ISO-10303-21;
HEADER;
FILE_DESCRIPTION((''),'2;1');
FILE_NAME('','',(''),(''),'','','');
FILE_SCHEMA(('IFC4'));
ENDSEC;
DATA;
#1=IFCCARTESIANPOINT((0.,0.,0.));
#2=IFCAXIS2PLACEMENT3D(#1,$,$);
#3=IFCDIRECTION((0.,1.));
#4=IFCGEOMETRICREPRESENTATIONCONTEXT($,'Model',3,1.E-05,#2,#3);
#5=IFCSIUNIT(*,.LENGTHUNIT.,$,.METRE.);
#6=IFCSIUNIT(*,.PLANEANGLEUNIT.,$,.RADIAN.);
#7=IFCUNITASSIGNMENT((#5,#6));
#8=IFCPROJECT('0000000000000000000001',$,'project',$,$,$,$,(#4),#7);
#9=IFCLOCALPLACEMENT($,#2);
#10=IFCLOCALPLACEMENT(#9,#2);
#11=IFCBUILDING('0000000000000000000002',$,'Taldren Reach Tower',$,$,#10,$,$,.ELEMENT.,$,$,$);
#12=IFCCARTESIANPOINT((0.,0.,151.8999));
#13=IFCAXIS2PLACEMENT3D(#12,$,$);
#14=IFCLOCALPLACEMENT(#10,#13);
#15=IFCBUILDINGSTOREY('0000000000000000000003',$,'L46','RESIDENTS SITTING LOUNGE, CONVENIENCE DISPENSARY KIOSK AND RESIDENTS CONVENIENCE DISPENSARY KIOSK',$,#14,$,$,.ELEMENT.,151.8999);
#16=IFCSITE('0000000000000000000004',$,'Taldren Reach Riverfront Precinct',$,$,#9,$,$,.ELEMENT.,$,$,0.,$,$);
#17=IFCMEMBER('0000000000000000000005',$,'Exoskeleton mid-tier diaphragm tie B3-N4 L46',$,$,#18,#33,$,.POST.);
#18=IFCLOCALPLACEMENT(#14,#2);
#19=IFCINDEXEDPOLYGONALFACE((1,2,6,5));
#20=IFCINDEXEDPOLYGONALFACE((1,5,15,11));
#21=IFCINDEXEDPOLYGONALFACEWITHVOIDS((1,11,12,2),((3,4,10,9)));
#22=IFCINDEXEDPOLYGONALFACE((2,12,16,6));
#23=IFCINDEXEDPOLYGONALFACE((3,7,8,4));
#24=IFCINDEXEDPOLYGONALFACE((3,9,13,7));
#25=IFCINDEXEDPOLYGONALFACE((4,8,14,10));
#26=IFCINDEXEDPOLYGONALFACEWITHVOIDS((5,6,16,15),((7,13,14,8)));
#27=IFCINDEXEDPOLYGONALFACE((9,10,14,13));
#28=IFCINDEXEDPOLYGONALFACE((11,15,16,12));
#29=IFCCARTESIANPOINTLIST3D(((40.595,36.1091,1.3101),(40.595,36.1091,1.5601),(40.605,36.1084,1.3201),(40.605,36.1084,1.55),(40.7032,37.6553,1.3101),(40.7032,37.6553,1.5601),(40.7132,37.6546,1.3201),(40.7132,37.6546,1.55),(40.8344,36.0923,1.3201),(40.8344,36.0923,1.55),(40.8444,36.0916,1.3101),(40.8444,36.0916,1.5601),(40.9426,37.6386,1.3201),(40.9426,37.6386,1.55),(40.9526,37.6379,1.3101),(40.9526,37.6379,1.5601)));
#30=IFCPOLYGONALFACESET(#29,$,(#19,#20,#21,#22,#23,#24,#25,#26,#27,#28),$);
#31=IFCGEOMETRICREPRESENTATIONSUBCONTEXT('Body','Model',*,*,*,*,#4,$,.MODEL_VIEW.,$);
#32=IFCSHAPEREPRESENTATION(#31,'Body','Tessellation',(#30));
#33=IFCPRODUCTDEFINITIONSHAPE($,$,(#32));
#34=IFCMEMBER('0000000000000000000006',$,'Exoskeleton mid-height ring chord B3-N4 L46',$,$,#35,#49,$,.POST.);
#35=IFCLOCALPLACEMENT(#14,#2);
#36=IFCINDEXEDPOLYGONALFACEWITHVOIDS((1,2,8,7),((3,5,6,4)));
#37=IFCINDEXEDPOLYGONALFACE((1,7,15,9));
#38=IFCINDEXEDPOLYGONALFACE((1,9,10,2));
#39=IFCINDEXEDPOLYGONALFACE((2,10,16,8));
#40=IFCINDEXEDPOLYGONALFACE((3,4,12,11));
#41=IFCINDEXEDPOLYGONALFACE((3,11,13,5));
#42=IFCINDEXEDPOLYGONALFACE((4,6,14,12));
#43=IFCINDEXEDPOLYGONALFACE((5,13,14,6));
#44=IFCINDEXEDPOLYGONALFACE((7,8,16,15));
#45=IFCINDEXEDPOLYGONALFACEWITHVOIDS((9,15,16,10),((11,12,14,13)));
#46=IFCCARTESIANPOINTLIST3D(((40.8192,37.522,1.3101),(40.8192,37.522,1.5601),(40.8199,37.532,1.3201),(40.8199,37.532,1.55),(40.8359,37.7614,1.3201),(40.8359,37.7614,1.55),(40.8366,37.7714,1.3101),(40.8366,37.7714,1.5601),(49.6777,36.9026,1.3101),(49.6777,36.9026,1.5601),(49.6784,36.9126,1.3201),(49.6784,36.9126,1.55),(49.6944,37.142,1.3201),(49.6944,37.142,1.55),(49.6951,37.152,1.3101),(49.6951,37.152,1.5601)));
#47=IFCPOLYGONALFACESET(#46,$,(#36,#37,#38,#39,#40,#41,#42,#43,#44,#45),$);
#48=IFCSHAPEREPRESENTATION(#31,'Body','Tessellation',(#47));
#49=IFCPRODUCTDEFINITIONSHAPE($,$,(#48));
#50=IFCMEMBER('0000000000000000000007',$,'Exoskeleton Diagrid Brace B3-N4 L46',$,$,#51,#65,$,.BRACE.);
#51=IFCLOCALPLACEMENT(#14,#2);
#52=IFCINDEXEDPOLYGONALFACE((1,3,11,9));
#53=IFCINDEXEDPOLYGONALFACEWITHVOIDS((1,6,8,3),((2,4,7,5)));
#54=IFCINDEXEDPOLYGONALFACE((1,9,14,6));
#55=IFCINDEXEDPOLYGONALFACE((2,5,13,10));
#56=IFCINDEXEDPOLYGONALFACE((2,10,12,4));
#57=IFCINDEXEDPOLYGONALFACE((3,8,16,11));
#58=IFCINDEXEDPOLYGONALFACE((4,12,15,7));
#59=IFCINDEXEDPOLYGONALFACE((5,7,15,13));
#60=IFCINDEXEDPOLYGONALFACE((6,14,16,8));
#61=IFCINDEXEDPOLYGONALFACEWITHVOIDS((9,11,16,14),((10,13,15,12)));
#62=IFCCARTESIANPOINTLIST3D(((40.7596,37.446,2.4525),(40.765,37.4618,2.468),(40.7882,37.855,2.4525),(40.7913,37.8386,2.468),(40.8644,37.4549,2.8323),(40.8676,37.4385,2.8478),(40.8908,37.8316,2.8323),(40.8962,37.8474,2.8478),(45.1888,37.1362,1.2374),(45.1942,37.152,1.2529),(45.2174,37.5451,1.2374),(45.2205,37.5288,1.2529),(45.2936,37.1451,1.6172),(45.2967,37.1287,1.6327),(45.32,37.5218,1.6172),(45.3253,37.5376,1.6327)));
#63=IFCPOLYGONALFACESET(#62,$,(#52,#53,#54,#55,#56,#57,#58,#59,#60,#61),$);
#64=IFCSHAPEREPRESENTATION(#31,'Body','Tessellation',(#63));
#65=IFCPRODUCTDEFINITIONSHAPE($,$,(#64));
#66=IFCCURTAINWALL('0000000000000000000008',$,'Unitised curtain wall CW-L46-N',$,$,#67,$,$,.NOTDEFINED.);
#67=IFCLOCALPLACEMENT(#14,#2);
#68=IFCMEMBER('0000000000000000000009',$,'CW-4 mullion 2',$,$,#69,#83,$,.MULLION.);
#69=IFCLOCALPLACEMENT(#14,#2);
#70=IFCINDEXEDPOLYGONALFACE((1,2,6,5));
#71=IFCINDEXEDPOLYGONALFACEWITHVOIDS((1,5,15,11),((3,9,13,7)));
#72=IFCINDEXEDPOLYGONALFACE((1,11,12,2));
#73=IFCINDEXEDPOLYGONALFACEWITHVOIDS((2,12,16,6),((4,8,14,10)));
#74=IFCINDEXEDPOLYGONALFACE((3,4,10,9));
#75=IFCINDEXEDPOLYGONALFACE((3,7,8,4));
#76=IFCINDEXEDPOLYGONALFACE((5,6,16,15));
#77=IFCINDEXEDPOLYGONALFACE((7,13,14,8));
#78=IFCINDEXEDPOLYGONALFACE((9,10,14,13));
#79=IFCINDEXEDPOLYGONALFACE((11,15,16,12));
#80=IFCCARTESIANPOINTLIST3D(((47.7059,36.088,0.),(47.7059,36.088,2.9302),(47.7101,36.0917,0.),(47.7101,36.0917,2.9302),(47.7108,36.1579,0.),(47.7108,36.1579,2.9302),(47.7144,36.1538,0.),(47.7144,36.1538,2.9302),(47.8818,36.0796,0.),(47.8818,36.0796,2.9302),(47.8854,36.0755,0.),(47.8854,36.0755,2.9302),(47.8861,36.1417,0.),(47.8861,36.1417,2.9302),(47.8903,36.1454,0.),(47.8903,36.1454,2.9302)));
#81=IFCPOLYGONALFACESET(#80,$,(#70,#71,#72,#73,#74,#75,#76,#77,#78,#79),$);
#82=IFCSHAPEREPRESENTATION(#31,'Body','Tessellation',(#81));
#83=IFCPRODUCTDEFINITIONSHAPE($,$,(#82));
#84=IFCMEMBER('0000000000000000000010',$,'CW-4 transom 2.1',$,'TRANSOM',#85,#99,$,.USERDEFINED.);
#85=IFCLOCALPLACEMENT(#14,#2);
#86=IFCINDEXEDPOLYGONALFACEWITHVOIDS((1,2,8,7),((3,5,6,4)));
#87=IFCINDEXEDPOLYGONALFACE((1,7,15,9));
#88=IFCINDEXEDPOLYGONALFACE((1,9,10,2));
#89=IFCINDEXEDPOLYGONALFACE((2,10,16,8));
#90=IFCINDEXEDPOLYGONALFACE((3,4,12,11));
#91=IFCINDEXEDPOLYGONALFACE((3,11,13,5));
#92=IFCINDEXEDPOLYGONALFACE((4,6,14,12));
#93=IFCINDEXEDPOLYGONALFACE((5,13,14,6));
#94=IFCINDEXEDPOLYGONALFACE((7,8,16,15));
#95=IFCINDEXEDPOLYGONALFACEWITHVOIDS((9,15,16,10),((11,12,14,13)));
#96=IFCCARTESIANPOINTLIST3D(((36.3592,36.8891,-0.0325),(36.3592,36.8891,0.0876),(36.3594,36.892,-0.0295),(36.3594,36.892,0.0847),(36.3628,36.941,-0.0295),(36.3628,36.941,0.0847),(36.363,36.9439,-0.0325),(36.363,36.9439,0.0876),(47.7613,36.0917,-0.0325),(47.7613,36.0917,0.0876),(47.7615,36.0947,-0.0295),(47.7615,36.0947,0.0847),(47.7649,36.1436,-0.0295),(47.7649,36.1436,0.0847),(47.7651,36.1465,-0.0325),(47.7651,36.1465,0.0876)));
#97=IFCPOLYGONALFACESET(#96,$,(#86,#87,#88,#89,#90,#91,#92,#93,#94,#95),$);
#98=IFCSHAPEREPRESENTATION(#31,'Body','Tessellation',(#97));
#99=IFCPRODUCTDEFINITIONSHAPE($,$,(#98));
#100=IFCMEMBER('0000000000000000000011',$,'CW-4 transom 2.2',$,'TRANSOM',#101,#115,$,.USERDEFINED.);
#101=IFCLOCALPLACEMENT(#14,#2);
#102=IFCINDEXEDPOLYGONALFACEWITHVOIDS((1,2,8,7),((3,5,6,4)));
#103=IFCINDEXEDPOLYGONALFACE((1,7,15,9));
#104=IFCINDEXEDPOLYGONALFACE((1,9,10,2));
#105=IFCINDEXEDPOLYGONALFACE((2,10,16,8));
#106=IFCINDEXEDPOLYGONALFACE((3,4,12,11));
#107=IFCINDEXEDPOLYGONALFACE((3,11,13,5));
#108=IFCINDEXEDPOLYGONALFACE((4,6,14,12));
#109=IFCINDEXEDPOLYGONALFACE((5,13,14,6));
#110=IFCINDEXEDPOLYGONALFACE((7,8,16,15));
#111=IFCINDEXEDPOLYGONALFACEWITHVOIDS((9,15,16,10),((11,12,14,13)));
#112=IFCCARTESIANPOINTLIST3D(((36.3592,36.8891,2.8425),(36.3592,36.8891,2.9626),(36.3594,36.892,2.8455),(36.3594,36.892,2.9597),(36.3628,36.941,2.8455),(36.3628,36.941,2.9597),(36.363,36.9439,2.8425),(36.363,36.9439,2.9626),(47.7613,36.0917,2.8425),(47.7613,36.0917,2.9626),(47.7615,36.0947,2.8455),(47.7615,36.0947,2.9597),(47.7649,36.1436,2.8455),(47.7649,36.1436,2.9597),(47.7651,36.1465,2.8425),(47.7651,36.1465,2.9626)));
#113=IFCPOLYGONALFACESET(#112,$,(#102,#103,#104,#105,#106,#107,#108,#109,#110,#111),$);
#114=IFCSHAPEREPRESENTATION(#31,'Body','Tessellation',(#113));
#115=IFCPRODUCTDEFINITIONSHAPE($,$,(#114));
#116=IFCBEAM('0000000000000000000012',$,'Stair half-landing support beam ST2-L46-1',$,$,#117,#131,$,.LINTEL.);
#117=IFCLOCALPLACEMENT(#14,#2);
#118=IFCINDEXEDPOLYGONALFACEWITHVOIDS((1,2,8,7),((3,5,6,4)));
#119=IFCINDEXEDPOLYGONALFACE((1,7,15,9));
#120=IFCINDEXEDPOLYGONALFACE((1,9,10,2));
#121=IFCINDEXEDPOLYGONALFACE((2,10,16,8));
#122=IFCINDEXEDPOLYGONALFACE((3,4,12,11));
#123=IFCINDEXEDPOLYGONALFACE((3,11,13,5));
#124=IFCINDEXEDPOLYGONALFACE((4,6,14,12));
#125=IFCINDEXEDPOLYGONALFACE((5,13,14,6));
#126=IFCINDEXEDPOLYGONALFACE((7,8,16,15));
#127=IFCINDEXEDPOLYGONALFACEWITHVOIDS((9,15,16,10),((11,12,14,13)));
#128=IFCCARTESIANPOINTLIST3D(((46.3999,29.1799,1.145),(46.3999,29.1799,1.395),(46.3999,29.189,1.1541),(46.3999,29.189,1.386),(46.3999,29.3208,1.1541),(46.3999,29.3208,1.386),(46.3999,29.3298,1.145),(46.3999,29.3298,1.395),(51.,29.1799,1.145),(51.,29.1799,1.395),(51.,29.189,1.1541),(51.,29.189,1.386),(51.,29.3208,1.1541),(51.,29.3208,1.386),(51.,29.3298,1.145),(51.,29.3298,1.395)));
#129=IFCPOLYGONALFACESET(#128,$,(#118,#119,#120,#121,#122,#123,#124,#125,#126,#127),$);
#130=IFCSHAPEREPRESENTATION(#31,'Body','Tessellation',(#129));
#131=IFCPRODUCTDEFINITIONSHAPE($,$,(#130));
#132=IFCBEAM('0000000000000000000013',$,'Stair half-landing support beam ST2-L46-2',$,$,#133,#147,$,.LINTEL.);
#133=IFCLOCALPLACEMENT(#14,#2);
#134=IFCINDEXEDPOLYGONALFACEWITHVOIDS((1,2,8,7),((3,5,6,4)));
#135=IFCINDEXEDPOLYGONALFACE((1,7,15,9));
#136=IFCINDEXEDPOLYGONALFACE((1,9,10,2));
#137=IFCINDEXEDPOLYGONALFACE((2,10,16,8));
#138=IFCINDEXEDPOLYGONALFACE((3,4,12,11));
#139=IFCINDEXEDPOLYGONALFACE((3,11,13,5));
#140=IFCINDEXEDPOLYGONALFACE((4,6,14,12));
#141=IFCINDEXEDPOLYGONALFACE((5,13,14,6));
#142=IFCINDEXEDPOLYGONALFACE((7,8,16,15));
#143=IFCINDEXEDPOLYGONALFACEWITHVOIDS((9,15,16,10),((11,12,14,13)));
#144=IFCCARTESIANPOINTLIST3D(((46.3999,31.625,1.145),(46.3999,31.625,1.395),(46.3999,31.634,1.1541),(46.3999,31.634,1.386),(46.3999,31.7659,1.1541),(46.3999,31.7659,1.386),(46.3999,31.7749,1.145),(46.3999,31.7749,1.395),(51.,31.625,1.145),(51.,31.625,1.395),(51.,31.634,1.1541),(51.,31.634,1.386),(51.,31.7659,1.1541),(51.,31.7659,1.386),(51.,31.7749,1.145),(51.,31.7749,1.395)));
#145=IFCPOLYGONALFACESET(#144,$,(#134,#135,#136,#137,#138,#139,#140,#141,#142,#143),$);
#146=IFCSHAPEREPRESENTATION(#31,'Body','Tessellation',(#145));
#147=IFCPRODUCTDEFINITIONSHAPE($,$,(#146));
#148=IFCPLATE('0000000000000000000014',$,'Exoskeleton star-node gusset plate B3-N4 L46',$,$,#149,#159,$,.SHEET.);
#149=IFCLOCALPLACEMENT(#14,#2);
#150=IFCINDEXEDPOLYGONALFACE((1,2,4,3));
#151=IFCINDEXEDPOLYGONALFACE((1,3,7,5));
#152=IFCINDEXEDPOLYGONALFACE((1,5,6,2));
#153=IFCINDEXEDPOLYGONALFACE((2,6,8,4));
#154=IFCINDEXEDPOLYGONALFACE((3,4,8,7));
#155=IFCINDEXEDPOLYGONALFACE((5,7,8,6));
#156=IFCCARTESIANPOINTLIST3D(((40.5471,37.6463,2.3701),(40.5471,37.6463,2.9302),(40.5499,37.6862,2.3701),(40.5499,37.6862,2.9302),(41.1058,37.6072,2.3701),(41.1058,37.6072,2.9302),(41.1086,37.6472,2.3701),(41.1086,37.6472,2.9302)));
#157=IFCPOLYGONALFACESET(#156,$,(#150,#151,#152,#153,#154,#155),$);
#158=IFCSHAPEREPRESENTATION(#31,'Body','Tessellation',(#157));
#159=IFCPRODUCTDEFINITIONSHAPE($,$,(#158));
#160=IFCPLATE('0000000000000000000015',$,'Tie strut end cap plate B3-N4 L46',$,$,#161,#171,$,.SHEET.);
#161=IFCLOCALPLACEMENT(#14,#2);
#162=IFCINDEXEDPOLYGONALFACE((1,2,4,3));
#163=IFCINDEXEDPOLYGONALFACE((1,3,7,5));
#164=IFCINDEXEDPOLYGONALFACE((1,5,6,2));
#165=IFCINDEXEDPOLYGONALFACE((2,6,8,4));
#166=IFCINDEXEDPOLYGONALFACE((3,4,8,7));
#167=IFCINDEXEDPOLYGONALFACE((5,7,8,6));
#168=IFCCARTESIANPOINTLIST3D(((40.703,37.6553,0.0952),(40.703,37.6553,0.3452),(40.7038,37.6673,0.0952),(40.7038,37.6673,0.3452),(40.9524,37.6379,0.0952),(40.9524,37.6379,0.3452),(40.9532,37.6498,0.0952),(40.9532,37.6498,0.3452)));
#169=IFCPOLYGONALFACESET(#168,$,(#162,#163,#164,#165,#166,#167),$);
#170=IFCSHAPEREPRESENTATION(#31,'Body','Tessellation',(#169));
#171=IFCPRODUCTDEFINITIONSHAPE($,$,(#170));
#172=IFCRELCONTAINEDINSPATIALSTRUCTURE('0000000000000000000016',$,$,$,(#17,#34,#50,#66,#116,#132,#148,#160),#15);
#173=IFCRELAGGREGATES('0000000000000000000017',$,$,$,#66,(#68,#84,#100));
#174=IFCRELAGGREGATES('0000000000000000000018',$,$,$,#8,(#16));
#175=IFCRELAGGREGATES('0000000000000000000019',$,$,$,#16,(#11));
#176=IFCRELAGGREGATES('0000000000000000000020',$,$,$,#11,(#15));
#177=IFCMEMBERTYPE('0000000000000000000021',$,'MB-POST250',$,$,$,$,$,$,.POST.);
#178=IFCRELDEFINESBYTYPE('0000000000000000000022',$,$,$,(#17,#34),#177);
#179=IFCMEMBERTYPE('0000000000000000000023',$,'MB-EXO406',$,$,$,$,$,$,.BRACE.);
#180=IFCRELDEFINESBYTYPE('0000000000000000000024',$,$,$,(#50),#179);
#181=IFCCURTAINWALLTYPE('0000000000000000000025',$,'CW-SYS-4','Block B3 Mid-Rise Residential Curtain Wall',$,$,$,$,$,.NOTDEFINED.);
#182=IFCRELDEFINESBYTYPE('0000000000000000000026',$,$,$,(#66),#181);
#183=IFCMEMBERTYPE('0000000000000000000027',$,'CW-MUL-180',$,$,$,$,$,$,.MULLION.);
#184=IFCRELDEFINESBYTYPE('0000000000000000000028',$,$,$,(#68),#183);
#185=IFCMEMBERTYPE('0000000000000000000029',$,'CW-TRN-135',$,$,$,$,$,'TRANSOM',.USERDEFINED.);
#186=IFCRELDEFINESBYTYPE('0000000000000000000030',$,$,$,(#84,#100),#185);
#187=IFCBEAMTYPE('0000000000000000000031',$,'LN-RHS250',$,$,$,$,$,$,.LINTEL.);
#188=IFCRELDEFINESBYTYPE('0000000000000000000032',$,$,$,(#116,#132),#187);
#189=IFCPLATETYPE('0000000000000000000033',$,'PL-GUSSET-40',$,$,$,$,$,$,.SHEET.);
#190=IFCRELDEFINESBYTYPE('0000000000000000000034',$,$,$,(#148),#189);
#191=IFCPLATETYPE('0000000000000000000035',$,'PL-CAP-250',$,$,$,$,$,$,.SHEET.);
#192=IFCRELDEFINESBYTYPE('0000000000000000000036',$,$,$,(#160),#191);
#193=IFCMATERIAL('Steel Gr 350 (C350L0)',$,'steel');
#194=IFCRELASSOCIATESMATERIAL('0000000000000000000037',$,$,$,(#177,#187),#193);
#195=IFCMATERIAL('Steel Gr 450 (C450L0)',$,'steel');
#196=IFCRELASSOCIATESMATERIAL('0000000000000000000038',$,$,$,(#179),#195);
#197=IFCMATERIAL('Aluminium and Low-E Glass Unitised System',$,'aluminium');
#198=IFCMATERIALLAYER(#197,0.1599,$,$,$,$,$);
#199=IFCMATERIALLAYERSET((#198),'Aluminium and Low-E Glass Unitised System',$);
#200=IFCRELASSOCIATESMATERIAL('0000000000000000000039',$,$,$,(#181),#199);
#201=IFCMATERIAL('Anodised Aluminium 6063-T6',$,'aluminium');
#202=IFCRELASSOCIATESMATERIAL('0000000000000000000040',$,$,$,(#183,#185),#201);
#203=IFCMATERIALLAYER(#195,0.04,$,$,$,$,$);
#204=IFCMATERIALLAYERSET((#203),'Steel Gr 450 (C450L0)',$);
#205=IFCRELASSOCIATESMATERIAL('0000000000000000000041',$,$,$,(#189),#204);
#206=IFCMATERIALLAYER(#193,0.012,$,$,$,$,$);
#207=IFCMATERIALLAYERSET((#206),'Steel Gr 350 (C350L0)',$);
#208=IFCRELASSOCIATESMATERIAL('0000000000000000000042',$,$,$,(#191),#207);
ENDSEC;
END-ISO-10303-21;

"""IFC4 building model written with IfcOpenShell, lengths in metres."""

from ifc_helpers import new_model, si_unit, direction, frame, origin, origin_2d, place, context, subcontext, project, spatial, rectangle, hollow_rectangle, extrude, source, transform, mapped, material, layer, layer_set, material_profile, profile_set, type_object, element, aggregate, save


model = new_model("IFC4")

# Units and contexts
model_context = context("Model", 3, precision=1e-05, world=origin(), true_north=direction((0.0, 1.0)))
body_context = subcontext(model_context, "Body", "Model", "MODEL_VIEW")
ifc_project = project(units=[si_unit("LENGTHUNIT", "METRE"), si_unit("PLANEANGLEUNIT", "RADIAN")], contexts=[model_context])

# Site, building, storey
site_placement = place(None, origin())
site = spatial("IfcSite", under=ifc_project, at=site_placement, Name="Taldren Reach Riverfront Precinct", CompositionType="ELEMENT", RefElevation=0.0)
building_placement = place(site_placement, origin())
building = spatial("IfcBuilding", under=site, at=building_placement, Name="Taldren Reach Tower", CompositionType="ELEMENT")
storey_placement = place(building_placement, frame((0.0, 0.0, 151.8999)))
storey = spatial("IfcBuildingStorey", under=building, at=storey_placement, Name="L46", Description="RESIDENTS SITTING LOUNGE, CONVENIENCE DISPENSARY KIOSK AND RESIDENTS CONVENIENCE DISPENSARY KIOSK", CompositionType="ELEMENT", Elevation=151.8999)

# Members
ifc_material_1 = material(Name="Steel Gr 350 (C350L0)", Category="steel")
ifc_material_profile_1 = material_profile(ifc_material_1, hollow_rectangle(XDim=0.25, YDim=0.25, WallThickness=0.01, at=origin_2d()), Name="250x250x10.0SHS")
ifc_profile_set_1 = profile_set([ifc_material_profile_1], Name="Steel Gr 350 (C350L0)")
member_type_1 = type_object("IfcMemberType", Name="MB-POST250", PredefinedType="POST", material=ifc_profile_set_1)
shared_shape_1 = source(origin(), body_context, "Body", "SweptSolid", [
    extrude(hollow_rectangle(XDim=0.25, YDim=0.25, WallThickness=0.01, at=origin_2d()), origin(), (0.0, 0.0, 1.0), 1.55),
])
member_1_placement = place(storey_placement, frame((40.7197, 36.1003, 1.4351), z_axis=(0.06977, 0.997563, 0.0), x_axis=(-0.997563, 0.06977, 0.0)))
element("IfcMember", 1, at=member_1_placement, inside=storey, type_object=member_type_1, Name="Exoskeleton mid-tier diaphragm tie B3-N4 L46", PredefinedType="POST", context=body_context, shape_type="MappedRepresentation", body=[
    mapped(shared_shape_1, transform((0.0, 0.0, 0.0), scale=1.0)),
])
shared_shape_2 = source(origin(), body_context, "Body", "SweptSolid", [
    extrude(hollow_rectangle(XDim=0.25, YDim=0.25, WallThickness=0.01, at=origin_2d()), origin(), (0.0, 0.0, 1.0), 8.8801),
])
member_2_placement = place(storey_placement, frame((40.8279, 37.6467, 1.4351), z_axis=(0.997564, -0.06975, 0.0), x_axis=(0.06975, 0.997564, 0.0)))
element("IfcMember", 2, at=member_2_placement, inside=storey, type_object=member_type_1, Name="Exoskeleton mid-height ring chord B3-N4 L46", PredefinedType="POST", context=body_context, shape_type="MappedRepresentation", body=[
    mapped(shared_shape_2, transform((0.0, 0.0, 0.0), scale=1.0)),
])
ifc_material_2 = material(Name="Steel Gr 450 (C450L0)", Category="steel")
ifc_material_profile_2 = material_profile(ifc_material_2, hollow_rectangle(XDim=0.4099, YDim=0.4099, WallThickness=0.0161, at=origin_2d()), Name="410x410x16.0SHS")
ifc_profile_set_2 = profile_set([ifc_material_profile_2], Name="Steel Gr 450 (C450L0)")
member_type_2 = type_object("IfcMemberType", Name="MB-EXO406", PredefinedType="BRACE", material=ifc_profile_set_2)
shared_shape_3 = source(origin(), body_context, "Body", "SweptSolid", [
    extrude(hollow_rectangle(XDim=0.4099, YDim=0.4099, WallThickness=0.0161, at=origin_2d()), origin(), (0.0, 0.0, 1.0), 4.6033),
])
member_3_placement = place(storey_placement, frame((45.2571, 37.3369, 1.4351), z_axis=(-0.962182, 0.067303, 0.263961), x_axis=(-0.069778, -0.997563, 0.0)))
element("IfcMember", 3, at=member_3_placement, inside=storey, type_object=member_type_2, Name="Exoskeleton Diagrid Brace B3-N4 L46", PredefinedType="BRACE", context=body_context, shape_type="MappedRepresentation", body=[
    mapped(shared_shape_3, transform((0.0, 0.0, 0.0), scale=1.0)),
])

# Curtain wall, members
ifc_material_3 = material(Name="Aluminium and Low-E Glass Unitised System", Category="aluminium")
ifc_layer_1 = layer(ifc_material_3, 0.1599)
ifc_layer_set_1 = layer_set([ifc_layer_1], Name="Aluminium and Low-E Glass Unitised System")
curtain_wall_type = type_object("IfcCurtainWallType", Name="CW-SYS-4", Description="Block B3 Mid-Rise Residential Curtain Wall", PredefinedType="NOTDEFINED", material=ifc_layer_set_1)
curtain_wall_placement = place(storey_placement, origin())
curtain_wall = element("IfcCurtainWall", 4, at=curtain_wall_placement, inside=storey, type_object=curtain_wall_type, Name="Unitised curtain wall CW-L46-N", PredefinedType="NOTDEFINED")
ifc_material_4 = material(Name="Anodised Aluminium 6063-T6", Category="aluminium")
ifc_material_profile_3 = material_profile(ifc_material_4, hollow_rectangle(XDim=0.0701, YDim=0.1799, WallThickness=0.0039, at=origin_2d()), Name="ALU-180x70x4RHS")
ifc_profile_set_3 = profile_set([ifc_material_profile_3], Name="Anodised Aluminium 6063-T6")
member_type_3 = type_object("IfcMemberType", Name="CW-MUL-180", PredefinedType="MULLION", material=ifc_profile_set_3)
shared_shape_4 = source(origin(), body_context, "Body", "SweptSolid", [
    extrude(hollow_rectangle(XDim=0.0701, YDim=0.1799, WallThickness=0.0039, at=origin_2d()), origin(), (0.0, 0.0, 1.0), 2.9302),
])
member_4_placement = place(storey_placement, frame((47.7981, 36.1167, 0.0), z_axis=(0.0, 0.0, 1.0), x_axis=(-0.069757, -0.997564, 0.0)))
member_4 = element("IfcMember", 5, at=member_4_placement, type_object=member_type_3, Name="CW-4 mullion 2", PredefinedType="MULLION", context=body_context, shape_type="MappedRepresentation", body=[
    mapped(shared_shape_4, transform((0.0, 0.0, 0.0), scale=1.0)),
])
ifc_material_profile_4 = material_profile(ifc_material_4, hollow_rectangle(XDim=0.0549, YDim=0.1201, WallThickness=0.0029, at=origin_2d()), Name="ALU-120x55x3RHS")
ifc_profile_set_4 = profile_set([ifc_material_profile_4], Name="Anodised Aluminium 6063-T6")
member_type_4 = type_object("IfcMemberType", Name="CW-TRN-135", ElementType="TRANSOM", PredefinedType="USERDEFINED", material=ifc_profile_set_4)
shared_shape_5 = source(origin(), body_context, "Body", "SweptSolid", [
    extrude(hollow_rectangle(XDim=0.0549, YDim=0.1201, WallThickness=0.0029, at=origin_2d()), origin(), (0.0, 0.0, 1.0), 11.4299),
])
member_5_placement = place(storey_placement, frame((47.7632, 36.1191, 0.0276), z_axis=(-0.997564, 0.069761, 0.0), x_axis=(-0.069761, -0.997564, 0.0)))
member_5 = element("IfcMember", 6, at=member_5_placement, type_object=member_type_4, Name="CW-4 transom 2.1", ObjectType="TRANSOM", PredefinedType="USERDEFINED", context=body_context, shape_type="MappedRepresentation", body=[
    mapped(shared_shape_5, transform((0.0, 0.0, 0.0), scale=1.0)),
])
member_6_placement = place(storey_placement, frame((47.7632, 36.1191, 2.9026), z_axis=(-0.997564, 0.069761, 0.0), x_axis=(-0.069761, -0.997564, 0.0)))
member_6 = element("IfcMember", 7, at=member_6_placement, type_object=member_type_4, Name="CW-4 transom 2.2", ObjectType="TRANSOM", PredefinedType="USERDEFINED", context=body_context, shape_type="MappedRepresentation", body=[
    mapped(shared_shape_5, transform((0.0, 0.0, 0.0), scale=1.0)),
])

# Beams
ifc_material_profile_5 = material_profile(ifc_material_1, hollow_rectangle(XDim=0.1499, YDim=0.25, WallThickness=0.009, at=origin_2d()), Name="250x150x9.0RHS")
ifc_profile_set_5 = profile_set([ifc_material_profile_5], Name="Steel Gr 350 (C350L0)")
beam_type = type_object("IfcBeamType", Name="LN-RHS250", PredefinedType="LINTEL", material=ifc_profile_set_5)
shared_shape_6 = source(origin(), body_context, "Body", "SweptSolid", [
    extrude(hollow_rectangle(XDim=0.1499, YDim=0.25, WallThickness=0.009, at=origin_2d()), origin(), (0.0, 0.0, 1.0), 4.6001),
])
for number, where, z_axis, x_axis, name in (
    (8, (46.3999, 29.2549, 1.27), (1.0, 0.0, 0.0), (0.0, 1.0, 0.0), "Stair half-landing support beam ST2-L46-1"),
    (9, (46.3999, 31.7, 1.27), (1.0, 0.0, 0.0), (0.0, 1.0, 0.0), "Stair half-landing support beam ST2-L46-2"),
):
    element("IfcBeam", number, at=place(storey_placement, frame(where, z_axis=z_axis, x_axis=x_axis)), inside=storey, type_object=beam_type, Name=name, PredefinedType="LINTEL", context=body_context, shape_type="MappedRepresentation", body=[
        mapped(shared_shape_6, transform((0.0, 0.0, 0.0), scale=1.0)),
    ])

# Plates
ifc_layer_2 = layer(ifc_material_2, 0.04)
ifc_layer_set_2 = layer_set([ifc_layer_2], Name="Steel Gr 450 (C450L0)")
plate_type_1 = type_object("IfcPlateType", Name="PL-GUSSET-40", PredefinedType="SHEET", material=ifc_layer_set_2)
shared_shape_7 = source(origin(), body_context, "Body", "SweptSolid", [
    extrude(rectangle(XDim=0.5601, YDim=0.04, at=origin_2d()), origin(), (0.0, 0.0, 1.0), 0.5601),
])
plate_1_placement = place(storey_placement, frame((40.8279, 37.6467, 2.3701), z_axis=(0.0, 0.0, 1.0), x_axis=(0.997564, -0.069756, 0.0)))
element("IfcPlate", 10, at=plate_1_placement, inside=storey, type_object=plate_type_1, Name="Exoskeleton star-node gusset plate B3-N4 L46", PredefinedType="SHEET", context=body_context, shape_type="MappedRepresentation", body=[
    mapped(shared_shape_7, transform((0.0, 0.0, 0.0), scale=1.0)),
])
ifc_layer_3 = layer(ifc_material_1, 0.012)
ifc_layer_set_3 = layer_set([ifc_layer_3], Name="Steel Gr 350 (C350L0)")
plate_type_2 = type_object("IfcPlateType", Name="PL-CAP-250", PredefinedType="SHEET", material=ifc_layer_set_3)
shared_shape_8 = source(origin(), body_context, "Body", "SweptSolid", [
    extrude(rectangle(XDim=0.25, YDim=0.012, at=origin_2d()), origin(), (0.0, 0.0, 1.0), 0.25),
])
plate_2_placement = place(storey_placement, frame((40.8281, 37.6526, 0.0952), z_axis=(0.0, 0.0, 1.0), x_axis=(0.997564, -0.069756, 0.0)))
element("IfcPlate", 11, at=plate_2_placement, inside=storey, type_object=plate_type_2, Name="Tie strut end cap plate B3-N4 L46", PredefinedType="SHEET", context=body_context, shape_type="MappedRepresentation", body=[
    mapped(shared_shape_8, transform((0.0, 0.0, 0.0), scale=1.0)),
])

aggregate(curtain_wall, [member_4, member_5, member_6])

save(model, "model.ifc")
